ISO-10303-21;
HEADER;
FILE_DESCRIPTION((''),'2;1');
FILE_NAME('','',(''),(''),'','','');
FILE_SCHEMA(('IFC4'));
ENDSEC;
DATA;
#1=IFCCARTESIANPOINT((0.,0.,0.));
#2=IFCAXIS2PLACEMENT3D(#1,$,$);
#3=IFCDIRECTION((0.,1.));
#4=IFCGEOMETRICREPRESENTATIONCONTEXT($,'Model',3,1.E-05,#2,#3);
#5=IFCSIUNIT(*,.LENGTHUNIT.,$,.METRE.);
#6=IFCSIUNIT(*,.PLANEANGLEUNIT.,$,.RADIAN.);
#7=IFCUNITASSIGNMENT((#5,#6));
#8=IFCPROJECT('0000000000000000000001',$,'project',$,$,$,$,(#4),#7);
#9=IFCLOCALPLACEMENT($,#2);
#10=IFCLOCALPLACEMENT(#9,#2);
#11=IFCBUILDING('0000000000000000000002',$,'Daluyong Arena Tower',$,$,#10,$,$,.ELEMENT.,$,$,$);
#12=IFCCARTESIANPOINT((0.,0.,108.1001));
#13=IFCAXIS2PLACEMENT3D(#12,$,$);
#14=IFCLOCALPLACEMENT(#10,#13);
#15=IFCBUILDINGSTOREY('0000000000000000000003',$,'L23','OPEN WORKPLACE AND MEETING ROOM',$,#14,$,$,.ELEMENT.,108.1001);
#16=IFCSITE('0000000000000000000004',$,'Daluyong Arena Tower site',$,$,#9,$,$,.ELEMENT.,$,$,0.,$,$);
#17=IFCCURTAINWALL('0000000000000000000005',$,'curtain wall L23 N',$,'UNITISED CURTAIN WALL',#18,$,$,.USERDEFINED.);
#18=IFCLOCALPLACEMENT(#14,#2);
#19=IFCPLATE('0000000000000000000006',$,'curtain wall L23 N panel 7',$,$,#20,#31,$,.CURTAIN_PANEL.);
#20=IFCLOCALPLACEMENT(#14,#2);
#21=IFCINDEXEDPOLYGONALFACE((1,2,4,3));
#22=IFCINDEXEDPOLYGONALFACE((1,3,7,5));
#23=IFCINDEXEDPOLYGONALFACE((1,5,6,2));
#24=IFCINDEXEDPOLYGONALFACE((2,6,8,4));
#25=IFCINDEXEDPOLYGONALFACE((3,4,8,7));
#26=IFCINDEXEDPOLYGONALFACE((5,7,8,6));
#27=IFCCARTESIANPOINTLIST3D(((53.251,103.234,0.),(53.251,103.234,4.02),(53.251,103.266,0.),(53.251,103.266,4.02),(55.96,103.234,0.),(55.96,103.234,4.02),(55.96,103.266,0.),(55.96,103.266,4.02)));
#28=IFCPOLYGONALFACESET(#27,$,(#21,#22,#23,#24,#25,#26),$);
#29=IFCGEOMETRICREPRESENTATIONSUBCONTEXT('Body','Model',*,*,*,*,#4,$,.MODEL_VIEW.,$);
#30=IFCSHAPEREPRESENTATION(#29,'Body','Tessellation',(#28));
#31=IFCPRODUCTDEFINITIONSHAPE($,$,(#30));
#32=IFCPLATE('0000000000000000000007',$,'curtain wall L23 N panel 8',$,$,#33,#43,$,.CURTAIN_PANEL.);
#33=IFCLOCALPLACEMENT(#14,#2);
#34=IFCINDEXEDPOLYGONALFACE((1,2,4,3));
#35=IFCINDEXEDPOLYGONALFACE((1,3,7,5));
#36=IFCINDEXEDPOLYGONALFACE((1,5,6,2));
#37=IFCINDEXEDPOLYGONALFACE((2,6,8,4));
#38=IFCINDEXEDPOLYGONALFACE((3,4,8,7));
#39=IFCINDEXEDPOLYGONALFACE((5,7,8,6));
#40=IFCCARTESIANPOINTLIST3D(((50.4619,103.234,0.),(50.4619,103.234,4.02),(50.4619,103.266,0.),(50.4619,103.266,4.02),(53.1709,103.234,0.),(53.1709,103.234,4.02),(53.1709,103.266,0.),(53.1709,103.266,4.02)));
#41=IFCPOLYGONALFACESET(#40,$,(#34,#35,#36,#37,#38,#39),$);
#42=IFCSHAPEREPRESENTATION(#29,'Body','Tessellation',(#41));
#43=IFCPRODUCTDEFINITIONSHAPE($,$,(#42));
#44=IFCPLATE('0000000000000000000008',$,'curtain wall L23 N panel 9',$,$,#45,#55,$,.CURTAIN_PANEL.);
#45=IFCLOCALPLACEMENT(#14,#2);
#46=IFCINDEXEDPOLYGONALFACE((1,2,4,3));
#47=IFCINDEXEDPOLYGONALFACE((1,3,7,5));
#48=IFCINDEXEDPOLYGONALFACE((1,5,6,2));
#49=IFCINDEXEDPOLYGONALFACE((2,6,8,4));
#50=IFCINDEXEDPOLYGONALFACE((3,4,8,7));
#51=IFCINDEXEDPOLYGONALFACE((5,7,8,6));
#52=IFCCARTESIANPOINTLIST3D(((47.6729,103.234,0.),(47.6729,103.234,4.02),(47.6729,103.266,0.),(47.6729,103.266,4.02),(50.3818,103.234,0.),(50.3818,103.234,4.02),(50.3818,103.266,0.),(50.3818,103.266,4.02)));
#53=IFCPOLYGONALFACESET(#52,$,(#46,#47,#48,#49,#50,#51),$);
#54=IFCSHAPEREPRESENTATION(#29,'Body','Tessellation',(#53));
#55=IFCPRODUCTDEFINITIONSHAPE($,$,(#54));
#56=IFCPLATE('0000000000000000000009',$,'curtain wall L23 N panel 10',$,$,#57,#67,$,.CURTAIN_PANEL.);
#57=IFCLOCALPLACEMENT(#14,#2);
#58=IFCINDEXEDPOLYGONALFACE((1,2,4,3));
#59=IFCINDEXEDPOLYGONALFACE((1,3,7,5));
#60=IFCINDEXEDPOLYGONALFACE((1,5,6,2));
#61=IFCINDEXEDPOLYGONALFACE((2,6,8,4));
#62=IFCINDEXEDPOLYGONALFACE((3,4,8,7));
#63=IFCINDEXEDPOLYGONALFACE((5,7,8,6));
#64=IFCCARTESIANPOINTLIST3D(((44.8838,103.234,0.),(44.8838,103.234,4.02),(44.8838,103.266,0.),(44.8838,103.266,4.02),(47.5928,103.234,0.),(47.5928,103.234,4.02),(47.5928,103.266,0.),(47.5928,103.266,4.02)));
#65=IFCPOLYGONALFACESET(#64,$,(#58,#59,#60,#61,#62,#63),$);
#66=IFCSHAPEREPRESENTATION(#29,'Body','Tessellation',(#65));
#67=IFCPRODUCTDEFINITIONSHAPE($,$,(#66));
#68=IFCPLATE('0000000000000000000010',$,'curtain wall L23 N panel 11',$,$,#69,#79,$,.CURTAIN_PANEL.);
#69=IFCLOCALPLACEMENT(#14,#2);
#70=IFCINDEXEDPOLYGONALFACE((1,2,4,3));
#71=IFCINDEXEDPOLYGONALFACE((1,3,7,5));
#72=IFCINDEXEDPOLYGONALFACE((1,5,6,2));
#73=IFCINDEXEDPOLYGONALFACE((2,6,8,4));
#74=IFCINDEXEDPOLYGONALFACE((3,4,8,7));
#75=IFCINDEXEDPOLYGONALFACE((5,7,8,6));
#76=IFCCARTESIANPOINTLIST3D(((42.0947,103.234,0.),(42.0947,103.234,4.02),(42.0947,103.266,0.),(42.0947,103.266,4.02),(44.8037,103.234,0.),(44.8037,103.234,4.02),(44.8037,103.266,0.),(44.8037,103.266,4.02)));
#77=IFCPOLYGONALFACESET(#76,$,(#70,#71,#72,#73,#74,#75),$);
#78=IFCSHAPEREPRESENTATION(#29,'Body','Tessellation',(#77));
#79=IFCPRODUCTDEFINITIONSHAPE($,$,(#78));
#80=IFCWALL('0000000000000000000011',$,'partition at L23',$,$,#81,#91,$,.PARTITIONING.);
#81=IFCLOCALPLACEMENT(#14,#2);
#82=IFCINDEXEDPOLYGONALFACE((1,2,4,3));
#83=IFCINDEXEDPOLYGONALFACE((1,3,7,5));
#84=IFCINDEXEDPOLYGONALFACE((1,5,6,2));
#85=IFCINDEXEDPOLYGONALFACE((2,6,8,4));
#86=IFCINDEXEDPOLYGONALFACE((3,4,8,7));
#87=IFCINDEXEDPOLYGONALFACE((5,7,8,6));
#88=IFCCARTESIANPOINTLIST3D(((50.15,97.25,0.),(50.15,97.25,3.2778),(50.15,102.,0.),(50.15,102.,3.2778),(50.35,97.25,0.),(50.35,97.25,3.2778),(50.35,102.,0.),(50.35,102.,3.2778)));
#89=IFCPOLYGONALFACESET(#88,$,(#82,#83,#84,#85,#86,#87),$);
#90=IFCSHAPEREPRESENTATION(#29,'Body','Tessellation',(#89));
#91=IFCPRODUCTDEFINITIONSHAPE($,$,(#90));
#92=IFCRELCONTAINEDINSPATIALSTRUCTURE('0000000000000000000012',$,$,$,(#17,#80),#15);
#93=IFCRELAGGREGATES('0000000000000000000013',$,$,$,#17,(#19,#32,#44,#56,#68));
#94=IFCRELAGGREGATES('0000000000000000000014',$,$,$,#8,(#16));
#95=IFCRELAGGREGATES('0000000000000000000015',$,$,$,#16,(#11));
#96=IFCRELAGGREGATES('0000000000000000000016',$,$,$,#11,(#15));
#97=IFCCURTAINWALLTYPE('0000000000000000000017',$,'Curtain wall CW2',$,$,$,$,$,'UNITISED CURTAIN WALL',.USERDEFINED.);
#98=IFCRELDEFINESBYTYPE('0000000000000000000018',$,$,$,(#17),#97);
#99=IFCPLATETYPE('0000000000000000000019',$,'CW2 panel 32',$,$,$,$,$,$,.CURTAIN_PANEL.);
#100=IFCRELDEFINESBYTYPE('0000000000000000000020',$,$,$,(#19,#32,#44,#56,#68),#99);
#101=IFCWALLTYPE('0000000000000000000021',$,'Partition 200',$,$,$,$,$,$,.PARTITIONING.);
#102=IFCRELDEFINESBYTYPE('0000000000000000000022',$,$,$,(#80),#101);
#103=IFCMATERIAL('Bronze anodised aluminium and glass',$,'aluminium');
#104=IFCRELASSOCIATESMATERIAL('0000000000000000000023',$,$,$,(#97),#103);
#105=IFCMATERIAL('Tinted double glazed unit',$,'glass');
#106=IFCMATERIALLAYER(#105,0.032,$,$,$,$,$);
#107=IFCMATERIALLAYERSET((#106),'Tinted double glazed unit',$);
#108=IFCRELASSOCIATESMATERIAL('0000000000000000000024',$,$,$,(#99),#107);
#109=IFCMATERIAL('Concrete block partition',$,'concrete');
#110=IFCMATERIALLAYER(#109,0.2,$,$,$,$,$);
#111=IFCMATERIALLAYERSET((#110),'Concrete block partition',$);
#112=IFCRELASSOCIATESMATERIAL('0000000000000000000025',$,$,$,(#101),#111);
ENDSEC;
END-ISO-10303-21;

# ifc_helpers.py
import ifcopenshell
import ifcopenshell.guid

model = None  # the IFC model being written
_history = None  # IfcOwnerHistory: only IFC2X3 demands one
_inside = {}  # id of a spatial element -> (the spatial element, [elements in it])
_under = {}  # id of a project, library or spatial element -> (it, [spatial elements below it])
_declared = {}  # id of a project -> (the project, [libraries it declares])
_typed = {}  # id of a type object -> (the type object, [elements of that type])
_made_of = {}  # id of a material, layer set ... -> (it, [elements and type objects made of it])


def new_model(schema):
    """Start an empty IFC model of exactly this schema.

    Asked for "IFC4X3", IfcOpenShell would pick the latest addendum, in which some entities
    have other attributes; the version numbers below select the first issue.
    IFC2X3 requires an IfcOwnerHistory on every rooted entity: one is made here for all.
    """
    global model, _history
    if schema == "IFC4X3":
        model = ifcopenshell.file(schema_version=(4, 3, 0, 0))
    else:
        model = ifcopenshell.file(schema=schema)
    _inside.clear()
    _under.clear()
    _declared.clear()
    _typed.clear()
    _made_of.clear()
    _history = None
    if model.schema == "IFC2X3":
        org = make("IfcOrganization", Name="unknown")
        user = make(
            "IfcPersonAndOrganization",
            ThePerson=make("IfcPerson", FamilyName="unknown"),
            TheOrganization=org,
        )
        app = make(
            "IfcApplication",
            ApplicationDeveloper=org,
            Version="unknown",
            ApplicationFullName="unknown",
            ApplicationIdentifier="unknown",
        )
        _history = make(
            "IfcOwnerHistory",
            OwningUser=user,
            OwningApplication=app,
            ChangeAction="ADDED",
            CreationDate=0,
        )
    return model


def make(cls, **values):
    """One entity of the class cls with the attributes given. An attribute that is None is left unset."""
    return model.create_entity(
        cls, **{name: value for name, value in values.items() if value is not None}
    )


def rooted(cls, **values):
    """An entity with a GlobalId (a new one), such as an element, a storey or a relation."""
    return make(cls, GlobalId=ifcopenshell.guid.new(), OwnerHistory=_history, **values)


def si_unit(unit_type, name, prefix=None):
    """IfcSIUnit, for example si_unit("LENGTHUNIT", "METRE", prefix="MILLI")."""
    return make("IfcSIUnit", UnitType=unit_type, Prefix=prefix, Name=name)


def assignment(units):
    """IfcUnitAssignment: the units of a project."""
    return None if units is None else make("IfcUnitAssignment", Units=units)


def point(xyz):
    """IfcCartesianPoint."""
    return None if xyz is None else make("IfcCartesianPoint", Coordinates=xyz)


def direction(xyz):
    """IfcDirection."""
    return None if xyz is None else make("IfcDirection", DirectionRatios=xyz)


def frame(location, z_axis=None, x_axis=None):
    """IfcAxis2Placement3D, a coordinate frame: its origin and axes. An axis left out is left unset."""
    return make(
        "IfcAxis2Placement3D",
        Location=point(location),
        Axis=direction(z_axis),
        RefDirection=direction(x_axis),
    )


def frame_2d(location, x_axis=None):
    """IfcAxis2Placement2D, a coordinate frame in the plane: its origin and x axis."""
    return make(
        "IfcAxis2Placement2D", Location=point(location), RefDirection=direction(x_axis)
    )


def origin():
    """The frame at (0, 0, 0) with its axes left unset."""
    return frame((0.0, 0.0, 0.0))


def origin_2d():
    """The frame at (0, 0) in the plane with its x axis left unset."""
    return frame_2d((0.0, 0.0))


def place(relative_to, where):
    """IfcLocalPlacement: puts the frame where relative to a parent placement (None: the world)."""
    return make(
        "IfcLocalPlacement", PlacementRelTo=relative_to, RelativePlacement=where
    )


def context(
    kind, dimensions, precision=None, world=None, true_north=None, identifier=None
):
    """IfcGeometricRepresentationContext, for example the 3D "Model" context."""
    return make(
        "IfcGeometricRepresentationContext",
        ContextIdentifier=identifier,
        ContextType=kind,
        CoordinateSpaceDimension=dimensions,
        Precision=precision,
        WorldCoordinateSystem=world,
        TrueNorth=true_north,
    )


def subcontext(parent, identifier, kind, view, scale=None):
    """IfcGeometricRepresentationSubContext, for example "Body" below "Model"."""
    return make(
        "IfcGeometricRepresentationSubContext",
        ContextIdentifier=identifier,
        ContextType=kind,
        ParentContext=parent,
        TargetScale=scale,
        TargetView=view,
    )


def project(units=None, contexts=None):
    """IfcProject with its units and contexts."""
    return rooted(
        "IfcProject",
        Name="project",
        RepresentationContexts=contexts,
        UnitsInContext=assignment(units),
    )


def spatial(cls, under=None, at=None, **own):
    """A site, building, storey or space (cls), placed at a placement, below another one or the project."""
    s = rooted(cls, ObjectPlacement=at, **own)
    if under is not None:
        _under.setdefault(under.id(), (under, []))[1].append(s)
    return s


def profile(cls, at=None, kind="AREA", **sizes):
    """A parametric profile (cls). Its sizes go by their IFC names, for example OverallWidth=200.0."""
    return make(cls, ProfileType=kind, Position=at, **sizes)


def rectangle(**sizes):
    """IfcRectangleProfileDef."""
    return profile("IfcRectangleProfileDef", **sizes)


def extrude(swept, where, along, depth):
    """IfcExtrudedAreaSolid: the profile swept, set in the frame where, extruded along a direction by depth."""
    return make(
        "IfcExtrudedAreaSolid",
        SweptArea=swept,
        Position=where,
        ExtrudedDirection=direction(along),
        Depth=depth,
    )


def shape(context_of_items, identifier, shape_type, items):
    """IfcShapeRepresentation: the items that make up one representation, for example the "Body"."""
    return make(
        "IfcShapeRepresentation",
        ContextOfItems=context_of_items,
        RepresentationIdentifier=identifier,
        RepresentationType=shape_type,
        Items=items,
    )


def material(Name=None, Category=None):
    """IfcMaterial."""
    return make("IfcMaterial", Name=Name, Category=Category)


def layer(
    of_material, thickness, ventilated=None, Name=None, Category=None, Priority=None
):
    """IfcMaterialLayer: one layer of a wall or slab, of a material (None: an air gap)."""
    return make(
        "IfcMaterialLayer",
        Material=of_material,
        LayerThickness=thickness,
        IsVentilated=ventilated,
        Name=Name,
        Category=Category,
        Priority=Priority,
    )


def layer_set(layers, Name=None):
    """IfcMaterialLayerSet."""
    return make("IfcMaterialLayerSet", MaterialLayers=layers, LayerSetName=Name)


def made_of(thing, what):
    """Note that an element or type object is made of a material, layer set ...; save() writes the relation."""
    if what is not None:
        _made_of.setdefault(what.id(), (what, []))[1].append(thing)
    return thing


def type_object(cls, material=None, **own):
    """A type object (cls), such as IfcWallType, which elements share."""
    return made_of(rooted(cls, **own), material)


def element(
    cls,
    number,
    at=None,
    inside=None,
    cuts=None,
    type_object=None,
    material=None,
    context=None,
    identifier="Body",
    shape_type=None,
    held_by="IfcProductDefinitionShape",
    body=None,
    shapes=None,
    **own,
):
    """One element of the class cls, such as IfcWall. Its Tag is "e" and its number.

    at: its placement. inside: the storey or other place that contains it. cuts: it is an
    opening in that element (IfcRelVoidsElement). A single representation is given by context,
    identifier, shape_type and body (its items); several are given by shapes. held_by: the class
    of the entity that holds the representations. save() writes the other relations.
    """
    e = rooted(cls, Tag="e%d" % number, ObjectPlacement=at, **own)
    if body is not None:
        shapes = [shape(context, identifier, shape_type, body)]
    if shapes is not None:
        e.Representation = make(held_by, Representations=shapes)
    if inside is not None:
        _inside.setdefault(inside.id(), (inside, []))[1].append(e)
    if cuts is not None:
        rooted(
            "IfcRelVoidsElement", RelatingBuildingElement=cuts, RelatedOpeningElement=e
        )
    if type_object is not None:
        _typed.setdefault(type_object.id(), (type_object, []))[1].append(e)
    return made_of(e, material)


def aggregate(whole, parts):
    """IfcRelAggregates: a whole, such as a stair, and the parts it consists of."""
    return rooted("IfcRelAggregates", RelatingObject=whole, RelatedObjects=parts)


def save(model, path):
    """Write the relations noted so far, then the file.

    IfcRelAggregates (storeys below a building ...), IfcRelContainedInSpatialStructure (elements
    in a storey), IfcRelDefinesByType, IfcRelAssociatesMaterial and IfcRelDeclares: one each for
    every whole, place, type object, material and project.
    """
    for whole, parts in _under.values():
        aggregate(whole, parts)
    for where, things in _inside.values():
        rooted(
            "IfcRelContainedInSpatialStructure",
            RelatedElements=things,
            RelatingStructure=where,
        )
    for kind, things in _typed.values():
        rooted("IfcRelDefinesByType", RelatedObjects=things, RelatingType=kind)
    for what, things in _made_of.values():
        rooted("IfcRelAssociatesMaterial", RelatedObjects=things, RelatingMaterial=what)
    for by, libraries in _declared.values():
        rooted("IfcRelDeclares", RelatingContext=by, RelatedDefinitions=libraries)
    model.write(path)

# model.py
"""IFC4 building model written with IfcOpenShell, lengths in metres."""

from ifc_helpers import new_model, si_unit, direction, frame, frame_2d, origin, origin_2d, place, context, subcontext, project, spatial, rectangle, extrude, material, layer, layer_set, type_object, element, aggregate, save


model = new_model("IFC4")

# Units and contexts
model_context = context("Model", 3, precision=1e-05, world=origin(), true_north=direction((0.0, 1.0)))
body_context = subcontext(model_context, "Body", "Model", "MODEL_VIEW")
ifc_project = project(units=[si_unit("LENGTHUNIT", "METRE"), si_unit("PLANEANGLEUNIT", "RADIAN")], contexts=[model_context])

# Site, building, storey
site_placement = place(None, origin())
site = spatial("IfcSite", under=ifc_project, at=site_placement, Name="Daluyong Arena Tower site", CompositionType="ELEMENT", RefElevation=0.0)
building_placement = place(site_placement, origin())
building = spatial("IfcBuilding", under=site, at=building_placement, Name="Daluyong Arena Tower", CompositionType="ELEMENT")
storey_placement = place(building_placement, frame((0.0, 0.0, 108.1001)))
storey = spatial("IfcBuildingStorey", under=building, at=storey_placement, Name="L23", Description="OPEN WORKPLACE AND MEETING ROOM", CompositionType="ELEMENT", Elevation=108.1001)

# Curtain wall
ifc_material_1 = material(Name="Bronze anodised aluminium and glass", Category="aluminium")
curtain_wall_type = type_object("IfcCurtainWallType", Name="Curtain wall CW2", ElementType="UNITISED CURTAIN WALL", PredefinedType="USERDEFINED", material=ifc_material_1)
curtain_wall_placement = place(storey_placement, origin())
curtain_wall = element("IfcCurtainWall", 1, at=curtain_wall_placement, inside=storey, type_object=curtain_wall_type, Name="curtain wall L23 N", ObjectType="UNITISED CURTAIN WALL", PredefinedType="USERDEFINED")

# Plates
ifc_material_2 = material(Name="Tinted double glazed unit", Category="glass")
ifc_layer_1 = layer(ifc_material_2, 0.032)
ifc_layer_set_1 = layer_set([ifc_layer_1], Name="Tinted double glazed unit")
plate_type = type_object("IfcPlateType", Name="CW2 panel 32", PredefinedType="CURTAIN_PANEL", material=ifc_layer_set_1)
plate_1_placement = place(storey_placement, frame((54.6055, 103.25, 0.0), z_axis=(0.0, 0.0, 1.0), x_axis=(-1.0, 0.0, 0.0)))
plate_1 = element("IfcPlate", 2, at=plate_1_placement, type_object=plate_type, Name="curtain wall L23 N panel 7", PredefinedType="CURTAIN_PANEL", context=body_context, shape_type="SweptSolid", body=[
    extrude(rectangle(XDim=2.709, YDim=0.032, at=origin_2d()), origin(), (0.0, 0.0, 1.0), 4.02),
])
plate_2_placement = place(storey_placement, frame((51.8164, 103.25, 0.0), z_axis=(0.0, 0.0, 1.0), x_axis=(-1.0, 0.0, 0.0)))
plate_2 = element("IfcPlate", 3, at=plate_2_placement, type_object=plate_type, Name="curtain wall L23 N panel 8", PredefinedType="CURTAIN_PANEL", context=body_context, shape_type="SweptSolid", body=[
    extrude(rectangle(XDim=2.709, YDim=0.032, at=origin_2d()), origin(), (0.0, 0.0, 1.0), 4.02),
])
plate_3_placement = place(storey_placement, frame((49.0273, 103.25, 0.0), z_axis=(0.0, 0.0, 1.0), x_axis=(-1.0, 0.0, 0.0)))
plate_3 = element("IfcPlate", 4, at=plate_3_placement, type_object=plate_type, Name="curtain wall L23 N panel 9", PredefinedType="CURTAIN_PANEL", context=body_context, shape_type="SweptSolid", body=[
    extrude(rectangle(XDim=2.709, YDim=0.032, at=origin_2d()), origin(), (0.0, 0.0, 1.0), 4.02),
])
plate_4_placement = place(storey_placement, frame((46.2383, 103.25, 0.0), z_axis=(0.0, 0.0, 1.0), x_axis=(-1.0, 0.0, 0.0)))
plate_4 = element("IfcPlate", 5, at=plate_4_placement, type_object=plate_type, Name="curtain wall L23 N panel 10", PredefinedType="CURTAIN_PANEL", context=body_context, shape_type="SweptSolid", body=[
    extrude(rectangle(XDim=2.709, YDim=0.032, at=origin_2d()), origin(), (0.0, 0.0, 1.0), 4.02),
])
plate_5_placement = place(storey_placement, frame((43.4492, 103.25, 0.0), z_axis=(0.0, 0.0, 1.0), x_axis=(-1.0, 0.0, 0.0)))
plate_5 = element("IfcPlate", 6, at=plate_5_placement, type_object=plate_type, Name="curtain wall L23 N panel 11", PredefinedType="CURTAIN_PANEL", context=body_context, shape_type="SweptSolid", body=[
    extrude(rectangle(XDim=2.709, YDim=0.032, at=origin_2d()), origin(), (0.0, 0.0, 1.0), 4.02),
])
aggregate(curtain_wall, [plate_1, plate_2, plate_3, plate_4, plate_5])

# Wall
ifc_material_3 = material(Name="Concrete block partition", Category="concrete")
ifc_layer_2 = layer(ifc_material_3, 0.2)
ifc_layer_set_2 = layer_set([ifc_layer_2], Name="Concrete block partition")
wall_type = type_object("IfcWallType", Name="Partition 200", PredefinedType="PARTITIONING", material=ifc_layer_set_2)
wall_placement = place(storey_placement, frame((50.25, 97.25, 0.0), z_axis=(0.0, 0.0, 1.0), x_axis=(0.0, 1.0, 0.0)))
element("IfcWall", 7, at=wall_placement, inside=storey, type_object=wall_type, Name="partition at L23", PredefinedType="PARTITIONING", context=body_context, shape_type="SweptSolid", body=[
    extrude(rectangle(XDim=4.75, YDim=0.2, at=frame_2d((2.375, 0.0))), origin(), (0.0, 0.0, 1.0), 3.2778),
])

save(model, "model.ifc")
